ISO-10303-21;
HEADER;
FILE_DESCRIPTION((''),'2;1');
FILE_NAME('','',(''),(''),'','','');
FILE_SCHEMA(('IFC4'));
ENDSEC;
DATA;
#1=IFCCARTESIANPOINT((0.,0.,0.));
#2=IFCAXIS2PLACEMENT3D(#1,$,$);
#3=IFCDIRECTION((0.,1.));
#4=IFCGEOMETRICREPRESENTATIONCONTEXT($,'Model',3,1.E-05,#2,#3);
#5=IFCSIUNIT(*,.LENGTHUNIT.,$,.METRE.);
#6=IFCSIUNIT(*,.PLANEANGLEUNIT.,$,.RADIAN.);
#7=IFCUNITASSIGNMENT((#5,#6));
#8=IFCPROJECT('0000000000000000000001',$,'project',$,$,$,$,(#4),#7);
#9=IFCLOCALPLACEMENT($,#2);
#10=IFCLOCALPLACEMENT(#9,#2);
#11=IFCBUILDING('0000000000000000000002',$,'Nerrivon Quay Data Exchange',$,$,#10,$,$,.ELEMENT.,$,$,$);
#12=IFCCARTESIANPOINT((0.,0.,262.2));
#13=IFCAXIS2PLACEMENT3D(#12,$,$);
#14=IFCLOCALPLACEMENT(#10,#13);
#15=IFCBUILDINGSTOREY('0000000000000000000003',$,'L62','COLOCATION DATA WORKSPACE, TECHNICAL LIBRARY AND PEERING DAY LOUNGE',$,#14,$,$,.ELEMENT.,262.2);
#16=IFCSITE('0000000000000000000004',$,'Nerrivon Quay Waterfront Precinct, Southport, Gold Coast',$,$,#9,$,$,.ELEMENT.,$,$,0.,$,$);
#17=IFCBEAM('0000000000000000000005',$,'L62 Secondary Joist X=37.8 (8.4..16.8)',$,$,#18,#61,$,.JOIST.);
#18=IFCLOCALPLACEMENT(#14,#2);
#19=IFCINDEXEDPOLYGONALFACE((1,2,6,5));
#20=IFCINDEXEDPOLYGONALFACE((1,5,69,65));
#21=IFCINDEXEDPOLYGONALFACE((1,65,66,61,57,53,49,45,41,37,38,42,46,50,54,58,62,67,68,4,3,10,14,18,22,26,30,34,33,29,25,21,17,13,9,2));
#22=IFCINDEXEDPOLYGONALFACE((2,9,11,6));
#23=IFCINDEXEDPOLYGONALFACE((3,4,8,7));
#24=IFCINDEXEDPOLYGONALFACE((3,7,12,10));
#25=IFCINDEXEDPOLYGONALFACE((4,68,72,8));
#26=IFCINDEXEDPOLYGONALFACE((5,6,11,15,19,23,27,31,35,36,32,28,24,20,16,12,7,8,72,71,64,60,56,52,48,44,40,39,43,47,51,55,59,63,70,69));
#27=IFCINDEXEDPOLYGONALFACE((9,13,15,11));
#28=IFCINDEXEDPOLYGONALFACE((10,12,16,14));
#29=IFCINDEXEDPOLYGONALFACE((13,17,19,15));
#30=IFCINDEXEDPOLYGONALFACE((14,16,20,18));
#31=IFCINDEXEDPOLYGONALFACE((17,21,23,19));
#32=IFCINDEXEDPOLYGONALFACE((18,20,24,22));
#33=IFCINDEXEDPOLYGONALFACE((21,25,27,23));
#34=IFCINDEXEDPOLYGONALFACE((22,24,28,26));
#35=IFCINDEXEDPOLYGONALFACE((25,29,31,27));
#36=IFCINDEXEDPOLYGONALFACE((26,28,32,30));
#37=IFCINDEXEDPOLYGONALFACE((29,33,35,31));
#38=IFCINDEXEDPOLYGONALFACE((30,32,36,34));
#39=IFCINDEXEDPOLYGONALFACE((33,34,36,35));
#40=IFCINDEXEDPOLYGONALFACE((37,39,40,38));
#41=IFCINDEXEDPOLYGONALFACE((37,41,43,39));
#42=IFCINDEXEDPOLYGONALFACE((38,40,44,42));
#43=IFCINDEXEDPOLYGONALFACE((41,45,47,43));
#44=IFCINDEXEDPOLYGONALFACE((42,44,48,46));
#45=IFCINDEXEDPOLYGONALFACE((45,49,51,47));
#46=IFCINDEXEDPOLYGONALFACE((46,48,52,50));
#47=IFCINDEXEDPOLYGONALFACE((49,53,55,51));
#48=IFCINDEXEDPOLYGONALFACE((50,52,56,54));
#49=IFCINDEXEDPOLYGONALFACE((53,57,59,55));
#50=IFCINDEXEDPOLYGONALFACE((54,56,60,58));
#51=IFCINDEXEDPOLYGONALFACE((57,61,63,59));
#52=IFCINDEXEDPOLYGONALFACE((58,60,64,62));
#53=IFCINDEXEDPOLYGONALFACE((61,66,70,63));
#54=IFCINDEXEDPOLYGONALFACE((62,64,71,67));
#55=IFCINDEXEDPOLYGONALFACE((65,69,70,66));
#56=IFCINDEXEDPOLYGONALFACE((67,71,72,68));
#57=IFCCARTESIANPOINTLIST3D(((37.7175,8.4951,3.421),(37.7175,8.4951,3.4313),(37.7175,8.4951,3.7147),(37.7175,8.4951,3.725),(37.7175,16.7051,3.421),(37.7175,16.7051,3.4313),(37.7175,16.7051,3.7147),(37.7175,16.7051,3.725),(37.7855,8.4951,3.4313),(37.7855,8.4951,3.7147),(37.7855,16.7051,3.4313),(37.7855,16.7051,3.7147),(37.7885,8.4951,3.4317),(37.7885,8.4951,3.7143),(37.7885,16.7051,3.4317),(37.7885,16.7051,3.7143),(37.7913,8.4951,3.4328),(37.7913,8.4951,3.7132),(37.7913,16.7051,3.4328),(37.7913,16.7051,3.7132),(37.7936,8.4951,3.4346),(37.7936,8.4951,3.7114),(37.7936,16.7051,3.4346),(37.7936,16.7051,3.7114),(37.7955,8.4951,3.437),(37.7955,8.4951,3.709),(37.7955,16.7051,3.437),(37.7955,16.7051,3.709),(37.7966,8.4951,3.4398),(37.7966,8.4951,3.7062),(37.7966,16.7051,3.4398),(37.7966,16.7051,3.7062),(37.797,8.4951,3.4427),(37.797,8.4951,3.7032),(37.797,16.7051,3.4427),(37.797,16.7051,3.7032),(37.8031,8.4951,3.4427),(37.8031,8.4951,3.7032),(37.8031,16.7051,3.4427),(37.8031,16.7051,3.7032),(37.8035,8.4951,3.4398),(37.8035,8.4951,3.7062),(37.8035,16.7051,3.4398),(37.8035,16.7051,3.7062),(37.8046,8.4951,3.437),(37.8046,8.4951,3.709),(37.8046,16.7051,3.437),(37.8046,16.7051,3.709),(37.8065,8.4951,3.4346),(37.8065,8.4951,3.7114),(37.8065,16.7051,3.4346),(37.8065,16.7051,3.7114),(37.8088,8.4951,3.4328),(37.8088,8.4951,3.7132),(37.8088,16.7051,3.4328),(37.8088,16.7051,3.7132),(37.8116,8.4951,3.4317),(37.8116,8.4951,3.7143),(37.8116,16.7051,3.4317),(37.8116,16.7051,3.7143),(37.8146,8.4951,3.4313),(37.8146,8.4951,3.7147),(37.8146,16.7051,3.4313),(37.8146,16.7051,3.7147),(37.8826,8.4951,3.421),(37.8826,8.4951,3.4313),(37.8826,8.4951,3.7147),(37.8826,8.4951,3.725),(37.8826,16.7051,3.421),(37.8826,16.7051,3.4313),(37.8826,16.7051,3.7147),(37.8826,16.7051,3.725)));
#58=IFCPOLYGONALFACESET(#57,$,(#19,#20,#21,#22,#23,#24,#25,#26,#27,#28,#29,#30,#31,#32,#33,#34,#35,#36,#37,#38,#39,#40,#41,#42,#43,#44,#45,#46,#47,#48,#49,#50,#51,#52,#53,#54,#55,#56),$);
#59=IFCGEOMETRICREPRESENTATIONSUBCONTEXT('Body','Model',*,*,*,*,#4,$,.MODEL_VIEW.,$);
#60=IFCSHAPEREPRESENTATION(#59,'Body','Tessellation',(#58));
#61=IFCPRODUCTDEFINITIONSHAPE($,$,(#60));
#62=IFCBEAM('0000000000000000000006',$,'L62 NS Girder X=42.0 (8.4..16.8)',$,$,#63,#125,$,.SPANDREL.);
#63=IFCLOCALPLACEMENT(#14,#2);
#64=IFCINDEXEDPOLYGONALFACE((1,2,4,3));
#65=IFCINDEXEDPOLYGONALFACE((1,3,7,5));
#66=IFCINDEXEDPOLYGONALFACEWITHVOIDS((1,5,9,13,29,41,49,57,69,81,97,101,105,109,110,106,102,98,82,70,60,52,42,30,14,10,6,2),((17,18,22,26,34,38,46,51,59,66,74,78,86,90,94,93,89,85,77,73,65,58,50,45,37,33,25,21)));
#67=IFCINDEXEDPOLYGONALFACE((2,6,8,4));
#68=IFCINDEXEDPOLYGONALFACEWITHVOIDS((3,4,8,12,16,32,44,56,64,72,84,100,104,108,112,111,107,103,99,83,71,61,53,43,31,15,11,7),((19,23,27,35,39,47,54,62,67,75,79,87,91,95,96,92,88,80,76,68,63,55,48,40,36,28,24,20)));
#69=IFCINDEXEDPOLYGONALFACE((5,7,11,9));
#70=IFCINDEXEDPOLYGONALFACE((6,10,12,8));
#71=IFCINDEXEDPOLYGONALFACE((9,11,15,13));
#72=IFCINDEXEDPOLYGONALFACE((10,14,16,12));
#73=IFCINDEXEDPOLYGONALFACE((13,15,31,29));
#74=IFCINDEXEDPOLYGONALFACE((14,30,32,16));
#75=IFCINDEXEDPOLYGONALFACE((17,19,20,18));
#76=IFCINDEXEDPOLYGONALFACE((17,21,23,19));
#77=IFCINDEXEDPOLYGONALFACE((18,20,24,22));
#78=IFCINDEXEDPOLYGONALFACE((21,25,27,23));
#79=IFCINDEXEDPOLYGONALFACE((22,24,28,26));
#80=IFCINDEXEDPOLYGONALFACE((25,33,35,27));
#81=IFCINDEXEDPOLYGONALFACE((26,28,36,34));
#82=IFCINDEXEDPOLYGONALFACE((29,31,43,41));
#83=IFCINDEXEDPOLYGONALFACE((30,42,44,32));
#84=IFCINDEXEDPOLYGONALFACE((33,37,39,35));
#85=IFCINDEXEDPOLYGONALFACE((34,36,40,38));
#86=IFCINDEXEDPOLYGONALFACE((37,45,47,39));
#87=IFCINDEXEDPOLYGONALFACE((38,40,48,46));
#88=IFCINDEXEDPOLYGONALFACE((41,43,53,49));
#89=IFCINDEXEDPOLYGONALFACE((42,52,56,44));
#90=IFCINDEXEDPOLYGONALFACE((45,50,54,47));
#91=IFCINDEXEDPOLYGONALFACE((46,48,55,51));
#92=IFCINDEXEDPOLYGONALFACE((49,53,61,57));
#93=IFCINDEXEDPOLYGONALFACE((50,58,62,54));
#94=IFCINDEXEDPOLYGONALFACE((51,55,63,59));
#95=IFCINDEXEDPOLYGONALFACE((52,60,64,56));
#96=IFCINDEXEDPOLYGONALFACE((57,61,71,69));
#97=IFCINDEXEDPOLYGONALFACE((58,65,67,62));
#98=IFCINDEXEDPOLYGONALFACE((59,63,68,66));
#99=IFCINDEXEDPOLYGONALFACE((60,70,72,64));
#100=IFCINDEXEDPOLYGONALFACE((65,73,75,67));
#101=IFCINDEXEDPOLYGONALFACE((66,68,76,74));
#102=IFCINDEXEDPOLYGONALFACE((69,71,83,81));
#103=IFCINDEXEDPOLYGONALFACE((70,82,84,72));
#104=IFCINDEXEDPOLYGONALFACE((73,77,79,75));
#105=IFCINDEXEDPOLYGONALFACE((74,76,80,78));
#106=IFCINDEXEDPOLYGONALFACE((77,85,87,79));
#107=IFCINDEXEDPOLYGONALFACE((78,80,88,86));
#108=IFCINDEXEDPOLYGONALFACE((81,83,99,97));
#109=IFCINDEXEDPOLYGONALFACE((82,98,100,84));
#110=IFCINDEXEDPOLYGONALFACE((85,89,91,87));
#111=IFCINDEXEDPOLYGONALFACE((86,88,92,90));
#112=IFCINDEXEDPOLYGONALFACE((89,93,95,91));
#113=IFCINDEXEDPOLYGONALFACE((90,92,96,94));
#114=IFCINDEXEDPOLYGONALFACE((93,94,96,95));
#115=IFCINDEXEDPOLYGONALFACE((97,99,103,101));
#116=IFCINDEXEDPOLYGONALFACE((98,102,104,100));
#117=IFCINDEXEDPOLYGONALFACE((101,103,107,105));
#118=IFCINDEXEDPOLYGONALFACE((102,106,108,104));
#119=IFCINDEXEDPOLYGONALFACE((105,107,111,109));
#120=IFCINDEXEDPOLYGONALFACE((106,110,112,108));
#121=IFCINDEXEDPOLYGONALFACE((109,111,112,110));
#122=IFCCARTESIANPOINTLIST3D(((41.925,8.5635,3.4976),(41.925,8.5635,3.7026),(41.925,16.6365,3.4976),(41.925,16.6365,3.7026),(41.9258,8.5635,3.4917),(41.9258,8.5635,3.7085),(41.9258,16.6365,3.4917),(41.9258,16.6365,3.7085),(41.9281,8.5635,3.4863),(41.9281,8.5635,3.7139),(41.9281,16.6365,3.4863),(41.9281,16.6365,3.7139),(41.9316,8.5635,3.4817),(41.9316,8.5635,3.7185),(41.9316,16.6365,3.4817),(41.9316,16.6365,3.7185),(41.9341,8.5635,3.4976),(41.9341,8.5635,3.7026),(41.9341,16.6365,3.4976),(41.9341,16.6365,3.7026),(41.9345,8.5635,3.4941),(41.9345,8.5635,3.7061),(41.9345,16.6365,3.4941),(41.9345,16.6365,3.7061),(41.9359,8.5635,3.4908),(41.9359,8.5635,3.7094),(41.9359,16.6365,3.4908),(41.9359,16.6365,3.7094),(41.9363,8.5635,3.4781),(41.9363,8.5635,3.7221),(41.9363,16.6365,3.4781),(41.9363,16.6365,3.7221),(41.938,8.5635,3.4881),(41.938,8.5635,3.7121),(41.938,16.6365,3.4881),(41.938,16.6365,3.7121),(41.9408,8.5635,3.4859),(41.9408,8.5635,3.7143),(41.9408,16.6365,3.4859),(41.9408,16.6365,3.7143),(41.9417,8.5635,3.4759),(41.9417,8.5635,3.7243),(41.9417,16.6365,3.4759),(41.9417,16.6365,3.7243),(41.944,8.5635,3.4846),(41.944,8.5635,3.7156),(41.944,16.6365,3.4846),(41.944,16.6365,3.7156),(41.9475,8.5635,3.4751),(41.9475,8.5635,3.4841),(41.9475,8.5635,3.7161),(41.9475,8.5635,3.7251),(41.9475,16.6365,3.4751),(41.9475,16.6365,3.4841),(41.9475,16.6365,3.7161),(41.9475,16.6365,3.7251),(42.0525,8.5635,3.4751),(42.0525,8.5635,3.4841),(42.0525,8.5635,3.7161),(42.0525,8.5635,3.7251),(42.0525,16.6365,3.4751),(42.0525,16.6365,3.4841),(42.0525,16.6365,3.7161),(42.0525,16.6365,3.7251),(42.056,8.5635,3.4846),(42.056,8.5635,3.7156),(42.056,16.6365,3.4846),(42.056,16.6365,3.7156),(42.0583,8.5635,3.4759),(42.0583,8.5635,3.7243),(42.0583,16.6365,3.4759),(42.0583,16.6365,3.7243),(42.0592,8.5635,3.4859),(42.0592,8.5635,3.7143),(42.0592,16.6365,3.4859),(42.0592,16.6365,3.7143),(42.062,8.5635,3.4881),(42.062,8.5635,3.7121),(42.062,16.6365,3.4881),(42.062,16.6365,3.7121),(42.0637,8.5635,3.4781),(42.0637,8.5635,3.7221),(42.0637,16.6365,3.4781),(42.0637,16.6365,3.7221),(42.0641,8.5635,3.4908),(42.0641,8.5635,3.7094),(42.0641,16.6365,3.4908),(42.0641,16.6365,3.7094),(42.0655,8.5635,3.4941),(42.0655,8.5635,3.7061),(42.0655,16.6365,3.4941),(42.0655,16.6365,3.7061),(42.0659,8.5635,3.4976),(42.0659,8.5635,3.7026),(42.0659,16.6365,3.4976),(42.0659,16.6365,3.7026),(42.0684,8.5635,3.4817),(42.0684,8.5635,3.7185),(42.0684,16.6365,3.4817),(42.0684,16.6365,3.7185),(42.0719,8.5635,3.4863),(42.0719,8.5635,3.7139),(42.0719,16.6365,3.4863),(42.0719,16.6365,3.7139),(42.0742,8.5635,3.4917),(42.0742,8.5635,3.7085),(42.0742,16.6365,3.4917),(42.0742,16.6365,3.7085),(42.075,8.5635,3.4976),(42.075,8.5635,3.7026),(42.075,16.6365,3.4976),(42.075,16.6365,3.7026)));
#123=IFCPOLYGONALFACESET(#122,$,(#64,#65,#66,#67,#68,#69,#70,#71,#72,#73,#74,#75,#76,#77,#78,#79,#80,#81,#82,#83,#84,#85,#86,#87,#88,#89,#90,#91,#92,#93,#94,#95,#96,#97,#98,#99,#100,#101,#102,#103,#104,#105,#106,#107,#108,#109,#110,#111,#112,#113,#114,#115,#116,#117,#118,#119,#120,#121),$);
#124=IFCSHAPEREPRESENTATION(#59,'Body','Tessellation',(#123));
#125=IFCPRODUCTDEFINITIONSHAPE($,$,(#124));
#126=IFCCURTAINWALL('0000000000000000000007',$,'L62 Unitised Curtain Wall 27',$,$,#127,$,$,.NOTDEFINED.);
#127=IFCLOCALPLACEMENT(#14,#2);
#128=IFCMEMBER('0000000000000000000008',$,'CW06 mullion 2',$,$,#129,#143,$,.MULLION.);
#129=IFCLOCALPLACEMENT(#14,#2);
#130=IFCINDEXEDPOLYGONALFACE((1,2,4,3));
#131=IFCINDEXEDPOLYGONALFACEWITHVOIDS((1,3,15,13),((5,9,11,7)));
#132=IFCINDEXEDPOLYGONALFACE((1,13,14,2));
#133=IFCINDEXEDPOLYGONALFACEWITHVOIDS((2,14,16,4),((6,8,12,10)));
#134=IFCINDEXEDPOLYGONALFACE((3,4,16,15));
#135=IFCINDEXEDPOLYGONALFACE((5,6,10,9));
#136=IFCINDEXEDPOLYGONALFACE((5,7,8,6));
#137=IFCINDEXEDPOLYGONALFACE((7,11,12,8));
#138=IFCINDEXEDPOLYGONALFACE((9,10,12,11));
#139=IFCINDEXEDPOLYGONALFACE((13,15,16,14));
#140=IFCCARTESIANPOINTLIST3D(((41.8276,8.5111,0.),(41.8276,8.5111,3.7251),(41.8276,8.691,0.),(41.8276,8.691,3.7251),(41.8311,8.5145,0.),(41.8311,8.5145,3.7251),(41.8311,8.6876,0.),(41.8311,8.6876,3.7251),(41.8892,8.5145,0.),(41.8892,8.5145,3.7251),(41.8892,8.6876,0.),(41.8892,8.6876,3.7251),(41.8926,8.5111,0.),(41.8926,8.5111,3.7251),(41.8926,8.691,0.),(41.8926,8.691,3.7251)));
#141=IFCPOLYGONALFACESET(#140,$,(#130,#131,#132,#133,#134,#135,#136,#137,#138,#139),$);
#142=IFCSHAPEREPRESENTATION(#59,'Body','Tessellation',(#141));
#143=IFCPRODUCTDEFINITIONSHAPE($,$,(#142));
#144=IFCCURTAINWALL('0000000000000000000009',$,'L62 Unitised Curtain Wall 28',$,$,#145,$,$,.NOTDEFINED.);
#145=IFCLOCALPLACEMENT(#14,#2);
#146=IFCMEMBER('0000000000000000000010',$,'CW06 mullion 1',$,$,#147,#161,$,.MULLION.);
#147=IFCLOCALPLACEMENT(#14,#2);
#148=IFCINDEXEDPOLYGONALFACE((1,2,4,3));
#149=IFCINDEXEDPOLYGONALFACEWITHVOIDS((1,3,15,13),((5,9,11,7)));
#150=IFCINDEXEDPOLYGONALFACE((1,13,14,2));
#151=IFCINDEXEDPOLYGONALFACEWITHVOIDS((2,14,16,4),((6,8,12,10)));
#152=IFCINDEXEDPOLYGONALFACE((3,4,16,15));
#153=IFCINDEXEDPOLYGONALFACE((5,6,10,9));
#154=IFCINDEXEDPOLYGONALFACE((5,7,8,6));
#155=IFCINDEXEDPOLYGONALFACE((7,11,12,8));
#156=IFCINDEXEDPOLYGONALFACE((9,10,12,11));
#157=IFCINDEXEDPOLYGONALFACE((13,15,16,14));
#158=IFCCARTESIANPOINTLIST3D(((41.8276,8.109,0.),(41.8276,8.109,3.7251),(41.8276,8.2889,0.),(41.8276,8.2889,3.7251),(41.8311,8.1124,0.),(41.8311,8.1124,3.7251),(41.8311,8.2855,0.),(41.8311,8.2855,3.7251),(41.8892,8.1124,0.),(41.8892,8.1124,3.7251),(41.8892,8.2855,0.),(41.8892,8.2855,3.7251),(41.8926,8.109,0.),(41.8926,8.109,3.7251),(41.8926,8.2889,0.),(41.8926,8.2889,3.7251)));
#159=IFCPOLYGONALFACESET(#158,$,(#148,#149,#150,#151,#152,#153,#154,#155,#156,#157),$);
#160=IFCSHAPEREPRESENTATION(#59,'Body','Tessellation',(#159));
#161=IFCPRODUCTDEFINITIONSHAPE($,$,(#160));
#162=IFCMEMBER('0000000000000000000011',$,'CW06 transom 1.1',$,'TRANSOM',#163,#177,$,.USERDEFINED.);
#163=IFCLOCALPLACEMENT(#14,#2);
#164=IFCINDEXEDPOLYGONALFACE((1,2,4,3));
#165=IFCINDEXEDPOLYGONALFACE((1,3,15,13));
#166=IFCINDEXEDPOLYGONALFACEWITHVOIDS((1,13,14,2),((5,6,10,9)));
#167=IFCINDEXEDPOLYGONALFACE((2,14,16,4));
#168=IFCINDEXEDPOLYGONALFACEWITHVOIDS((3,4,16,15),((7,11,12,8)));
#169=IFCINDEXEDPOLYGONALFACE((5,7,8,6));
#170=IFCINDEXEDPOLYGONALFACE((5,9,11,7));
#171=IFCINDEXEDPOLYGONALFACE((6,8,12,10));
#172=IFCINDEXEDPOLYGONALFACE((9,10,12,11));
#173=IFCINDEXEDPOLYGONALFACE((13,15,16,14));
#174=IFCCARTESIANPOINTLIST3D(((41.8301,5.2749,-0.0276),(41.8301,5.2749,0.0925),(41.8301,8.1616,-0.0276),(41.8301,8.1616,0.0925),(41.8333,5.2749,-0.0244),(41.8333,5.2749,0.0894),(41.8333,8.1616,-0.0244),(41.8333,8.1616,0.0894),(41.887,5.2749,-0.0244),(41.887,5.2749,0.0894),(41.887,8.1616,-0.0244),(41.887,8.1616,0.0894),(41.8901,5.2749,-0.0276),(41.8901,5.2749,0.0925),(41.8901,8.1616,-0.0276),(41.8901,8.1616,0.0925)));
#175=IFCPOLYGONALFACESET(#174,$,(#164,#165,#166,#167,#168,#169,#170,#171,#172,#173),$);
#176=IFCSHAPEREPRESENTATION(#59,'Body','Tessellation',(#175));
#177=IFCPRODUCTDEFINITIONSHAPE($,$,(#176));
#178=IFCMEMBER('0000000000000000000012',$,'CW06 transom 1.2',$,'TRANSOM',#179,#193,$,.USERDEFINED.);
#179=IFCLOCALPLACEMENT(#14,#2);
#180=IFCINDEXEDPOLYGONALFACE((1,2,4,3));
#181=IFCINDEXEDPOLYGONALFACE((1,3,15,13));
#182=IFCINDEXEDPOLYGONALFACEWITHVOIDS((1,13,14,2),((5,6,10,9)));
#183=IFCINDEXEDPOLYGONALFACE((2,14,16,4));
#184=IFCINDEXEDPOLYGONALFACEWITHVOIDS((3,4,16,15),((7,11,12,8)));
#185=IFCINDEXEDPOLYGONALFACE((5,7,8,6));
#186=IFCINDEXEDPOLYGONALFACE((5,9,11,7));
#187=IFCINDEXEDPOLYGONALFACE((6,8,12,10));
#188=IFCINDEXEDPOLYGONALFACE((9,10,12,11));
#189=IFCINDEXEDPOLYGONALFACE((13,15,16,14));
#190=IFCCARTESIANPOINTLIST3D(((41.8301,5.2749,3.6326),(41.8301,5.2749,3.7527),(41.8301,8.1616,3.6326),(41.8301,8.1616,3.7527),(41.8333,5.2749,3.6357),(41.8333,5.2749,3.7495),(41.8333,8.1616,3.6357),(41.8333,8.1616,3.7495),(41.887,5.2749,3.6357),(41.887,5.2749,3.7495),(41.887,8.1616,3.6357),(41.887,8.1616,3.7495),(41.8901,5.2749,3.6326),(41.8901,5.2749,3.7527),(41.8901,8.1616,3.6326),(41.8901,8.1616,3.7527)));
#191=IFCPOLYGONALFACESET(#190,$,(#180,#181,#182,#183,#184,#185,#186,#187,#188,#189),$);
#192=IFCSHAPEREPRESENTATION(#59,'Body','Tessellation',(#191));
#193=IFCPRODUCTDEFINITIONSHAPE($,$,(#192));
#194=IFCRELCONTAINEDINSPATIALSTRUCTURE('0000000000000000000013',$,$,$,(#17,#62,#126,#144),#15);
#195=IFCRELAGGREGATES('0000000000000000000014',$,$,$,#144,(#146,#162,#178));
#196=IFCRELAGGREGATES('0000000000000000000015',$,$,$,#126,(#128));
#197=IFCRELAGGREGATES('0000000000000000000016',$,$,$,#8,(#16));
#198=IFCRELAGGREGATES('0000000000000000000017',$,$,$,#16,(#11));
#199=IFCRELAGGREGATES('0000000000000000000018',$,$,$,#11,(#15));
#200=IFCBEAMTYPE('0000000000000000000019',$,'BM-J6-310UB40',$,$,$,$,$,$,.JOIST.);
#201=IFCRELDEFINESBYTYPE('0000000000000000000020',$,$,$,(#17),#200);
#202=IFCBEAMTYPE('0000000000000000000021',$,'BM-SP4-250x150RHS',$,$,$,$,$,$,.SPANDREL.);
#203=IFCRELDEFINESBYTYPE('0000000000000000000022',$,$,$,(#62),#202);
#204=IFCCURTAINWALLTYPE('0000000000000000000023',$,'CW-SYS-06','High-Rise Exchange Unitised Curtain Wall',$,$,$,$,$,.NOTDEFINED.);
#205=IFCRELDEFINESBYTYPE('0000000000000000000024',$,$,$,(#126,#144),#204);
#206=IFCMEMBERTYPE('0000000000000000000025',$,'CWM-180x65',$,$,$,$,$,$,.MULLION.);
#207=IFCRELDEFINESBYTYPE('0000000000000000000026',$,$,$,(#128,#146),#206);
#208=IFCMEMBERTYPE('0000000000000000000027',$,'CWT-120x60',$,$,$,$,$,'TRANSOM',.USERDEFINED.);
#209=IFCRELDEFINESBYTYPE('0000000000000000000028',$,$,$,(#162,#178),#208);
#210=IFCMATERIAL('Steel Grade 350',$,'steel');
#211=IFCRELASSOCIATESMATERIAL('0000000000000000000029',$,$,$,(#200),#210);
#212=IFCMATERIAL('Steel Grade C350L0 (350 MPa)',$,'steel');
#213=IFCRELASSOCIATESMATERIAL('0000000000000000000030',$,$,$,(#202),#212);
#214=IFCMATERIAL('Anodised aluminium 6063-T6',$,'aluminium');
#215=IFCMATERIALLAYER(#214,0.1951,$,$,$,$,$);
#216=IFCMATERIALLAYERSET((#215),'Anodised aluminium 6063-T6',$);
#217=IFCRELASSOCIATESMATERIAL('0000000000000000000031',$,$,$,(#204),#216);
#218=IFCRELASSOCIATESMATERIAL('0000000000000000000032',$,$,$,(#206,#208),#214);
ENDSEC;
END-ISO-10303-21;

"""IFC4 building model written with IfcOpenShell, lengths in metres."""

from ifc_helpers import new_model, si_unit, direction, frame, origin, origin_2d, place, context, subcontext, project, spatial, hollow_rectangle, i_section, extrude, material, layer, layer_set, material_profile, profile_set, type_object, element, aggregate, save


model = new_model("IFC4")

# Units and contexts
model_context = context("Model", 3, precision=1e-05, world=origin(), true_north=direction((0.0, 1.0)))
body_context = subcontext(model_context, "Body", "Model", "MODEL_VIEW")
ifc_project = project(units=[si_unit("LENGTHUNIT", "METRE"), si_unit("PLANEANGLEUNIT", "RADIAN")], contexts=[model_context])

# Site, building, storey
site_placement = place(None, origin())
site = spatial("IfcSite", under=ifc_project, at=site_placement, Name="Nerrivon Quay Waterfront Precinct, Southport, Gold Coast", CompositionType="ELEMENT", RefElevation=0.0)
building_placement = place(site_placement, origin())
building = spatial("IfcBuilding", under=site, at=building_placement, Name="Nerrivon Quay Data Exchange", CompositionType="ELEMENT")
storey_placement = place(building_placement, frame((0.0, 0.0, 262.2)))
storey = spatial("IfcBuildingStorey", under=building, at=storey_placement, Name="L62", Description="COLOCATION DATA WORKSPACE, TECHNICAL LIBRARY AND PEERING DAY LOUNGE", CompositionType="ELEMENT", Elevation=262.2)

# Shared definitions
ifc_material_1 = material(Name="Steel Grade 350", Category="steel")

# Beams
ifc_material_profile_1 = material_profile(ifc_material_1, i_section(OverallWidth=0.165, OverallDepth=0.304, WebThickness=0.0061, FlangeThickness=0.0103, FilletRadius=0.0115, at=origin_2d()), Name="310UB40.4")
ifc_profile_set_1 = profile_set([ifc_material_profile_1], Name="Steel Grade 350")
beam_type_1 = type_object("IfcBeamType", Name="BM-J6-310UB40", PredefinedType="JOIST", material=ifc_profile_set_1)
beam_1_placement = place(storey_placement, frame((37.8, 8.4951, 3.573), z_axis=(0.0, 1.0, 0.0), x_axis=(-1.0, 0.0, 0.0)))
element("IfcBeam", 1, at=beam_1_placement, inside=storey, type_object=beam_type_1, Name="L62 Secondary Joist X=37.8 (8.4..16.8)", PredefinedType="JOIST", context=body_context, shape_type="SweptSolid", body=[
    extrude(i_section(OverallWidth=0.165, OverallDepth=0.304, WebThickness=0.0061, FlangeThickness=0.0103, FilletRadius=0.0115, at=origin_2d()), origin(), (0.0, 0.0, 1.0), 8.21),
])
ifc_material_2 = material(Name="Steel Grade C350L0 (350 MPa)", Category="steel")
ifc_material_profile_2 = material_profile(ifc_material_2, hollow_rectangle(XDim=0.1499, YDim=0.25, WallThickness=0.009, InnerFilletRadius=0.0134, OuterFilletRadius=0.0225, at=origin_2d()), Name="250x150x9.0RHS")
ifc_profile_set_2 = profile_set([ifc_material_profile_2], Name="Steel Grade C350L0 (350 MPa)")
beam_type_2 = type_object("IfcBeamType", Name="BM-SP4-250x150RHS", PredefinedType="SPANDREL", material=ifc_profile_set_2)
beam_2_placement = place(storey_placement, frame((42.0, 8.5635, 3.6001), z_axis=(0.0, 1.0, 0.0), x_axis=(-1.0, 0.0, 0.0)))
element("IfcBeam", 2, at=beam_2_placement, inside=storey, type_object=beam_type_2, Name="L62 NS Girder X=42.0 (8.4..16.8)", PredefinedType="SPANDREL", context=body_context, shape_type="SweptSolid", body=[
    extrude(hollow_rectangle(XDim=0.1499, YDim=0.25, WallThickness=0.009, InnerFilletRadius=0.0134, OuterFilletRadius=0.0225, at=origin_2d()), origin(), (0.0, 0.0, 1.0), 8.073),
])

# Curtain wall, member
ifc_material_3 = material(Name="Anodised aluminium 6063-T6", Category="aluminium")
ifc_layer_1 = layer(ifc_material_3, 0.1951)
ifc_layer_set_1 = layer_set([ifc_layer_1], Name="Anodised aluminium 6063-T6")
curtain_wall_type = type_object("IfcCurtainWallType", Name="CW-SYS-06", Description="High-Rise Exchange Unitised Curtain Wall", PredefinedType="NOTDEFINED", material=ifc_layer_set_1)
curtain_wall_1_placement = place(storey_placement, origin())
curtain_wall_1 = element("IfcCurtainWall", 3, at=curtain_wall_1_placement, inside=storey, type_object=curtain_wall_type, Name="L62 Unitised Curtain Wall 27", PredefinedType="NOTDEFINED")
ifc_material_profile_3 = material_profile(ifc_material_3, hollow_rectangle(XDim=0.0649, YDim=0.1799, WallThickness=0.0034, at=origin_2d()), Name="ALU-MULL-180x65")
ifc_profile_set_3 = profile_set([ifc_material_profile_3], Name="Anodised aluminium 6063-T6")
member_type_1 = type_object("IfcMemberType", Name="CWM-180x65", PredefinedType="MULLION", material=ifc_profile_set_3)
member_1_placement = place(storey_placement, frame((41.8601, 8.6011, 0.0), z_axis=(0.0, 0.0, 1.0), x_axis=(1.0, 0.0, 0.0)))
member_1 = element("IfcMember", 4, at=member_1_placement, type_object=member_type_1, Name="CW06 mullion 2", PredefinedType="MULLION", context=body_context, shape_type="SweptSolid", body=[
    extrude(hollow_rectangle(XDim=0.0649, YDim=0.1799, WallThickness=0.0034, at=origin_2d()), origin(), (0.0, 0.0, 1.0), 3.7251),
])

# Curtain wall, members
curtain_wall_2_placement = place(storey_placement, origin())
curtain_wall_2 = element("IfcCurtainWall", 5, at=curtain_wall_2_placement, inside=storey, type_object=curtain_wall_type, Name="L62 Unitised Curtain Wall 28", PredefinedType="NOTDEFINED")
member_2_placement = place(storey_placement, frame((41.8601, 8.199, 0.0), z_axis=(0.0, 0.0, 1.0), x_axis=(1.0, 0.0, 0.0)))
member_2 = element("IfcMember", 6, at=member_2_placement, type_object=member_type_1, Name="CW06 mullion 1", PredefinedType="MULLION", context=body_context, shape_type="SweptSolid", body=[
    extrude(hollow_rectangle(XDim=0.0649, YDim=0.1799, WallThickness=0.0034, at=origin_2d()), origin(), (0.0, 0.0, 1.0), 3.7251),
])
ifc_material_profile_4 = material_profile(ifc_material_3, hollow_rectangle(XDim=0.0601, YDim=0.1201, WallThickness=0.0032, at=origin_2d()), Name="ALU-TRAN-120x60")
ifc_profile_set_4 = profile_set([ifc_material_profile_4], Name="Anodised aluminium 6063-T6")
member_type_2 = type_object("IfcMemberType", Name="CWT-120x60", ElementType="TRANSOM", PredefinedType="USERDEFINED", material=ifc_profile_set_4)
member_3_placement = place(storey_placement, frame((41.8601, 8.1616, 0.0325), z_axis=(0.0, -1.0, 0.0), x_axis=(1.0, 0.0, 0.0)))
member_3 = element("IfcMember", 7, at=member_3_placement, type_object=member_type_2, Name="CW06 transom 1.1", ObjectType="TRANSOM", PredefinedType="USERDEFINED", context=body_context, shape_type="SweptSolid", body=[
    extrude(hollow_rectangle(XDim=0.0601, YDim=0.1201, WallThickness=0.0032, at=origin_2d()), origin(), (0.0, 0.0, 1.0), 2.8867),
])
member_4_placement = place(storey_placement, frame((41.8601, 8.1616, 3.6926), z_axis=(0.0, -1.0, 0.0), x_axis=(1.0, 0.0, 0.0)))
member_4 = element("IfcMember", 8, at=member_4_placement, type_object=member_type_2, Name="CW06 transom 1.2", ObjectType="TRANSOM", PredefinedType="USERDEFINED", context=body_context, shape_type="SweptSolid", body=[
    extrude(hollow_rectangle(XDim=0.0601, YDim=0.1201, WallThickness=0.0032, at=origin_2d()), origin(), (0.0, 0.0, 1.0), 2.8867),
])
aggregate(curtain_wall_2, [member_2, member_3, member_4])

aggregate(curtain_wall_1, [member_1])

save(model, "model.ifc")
